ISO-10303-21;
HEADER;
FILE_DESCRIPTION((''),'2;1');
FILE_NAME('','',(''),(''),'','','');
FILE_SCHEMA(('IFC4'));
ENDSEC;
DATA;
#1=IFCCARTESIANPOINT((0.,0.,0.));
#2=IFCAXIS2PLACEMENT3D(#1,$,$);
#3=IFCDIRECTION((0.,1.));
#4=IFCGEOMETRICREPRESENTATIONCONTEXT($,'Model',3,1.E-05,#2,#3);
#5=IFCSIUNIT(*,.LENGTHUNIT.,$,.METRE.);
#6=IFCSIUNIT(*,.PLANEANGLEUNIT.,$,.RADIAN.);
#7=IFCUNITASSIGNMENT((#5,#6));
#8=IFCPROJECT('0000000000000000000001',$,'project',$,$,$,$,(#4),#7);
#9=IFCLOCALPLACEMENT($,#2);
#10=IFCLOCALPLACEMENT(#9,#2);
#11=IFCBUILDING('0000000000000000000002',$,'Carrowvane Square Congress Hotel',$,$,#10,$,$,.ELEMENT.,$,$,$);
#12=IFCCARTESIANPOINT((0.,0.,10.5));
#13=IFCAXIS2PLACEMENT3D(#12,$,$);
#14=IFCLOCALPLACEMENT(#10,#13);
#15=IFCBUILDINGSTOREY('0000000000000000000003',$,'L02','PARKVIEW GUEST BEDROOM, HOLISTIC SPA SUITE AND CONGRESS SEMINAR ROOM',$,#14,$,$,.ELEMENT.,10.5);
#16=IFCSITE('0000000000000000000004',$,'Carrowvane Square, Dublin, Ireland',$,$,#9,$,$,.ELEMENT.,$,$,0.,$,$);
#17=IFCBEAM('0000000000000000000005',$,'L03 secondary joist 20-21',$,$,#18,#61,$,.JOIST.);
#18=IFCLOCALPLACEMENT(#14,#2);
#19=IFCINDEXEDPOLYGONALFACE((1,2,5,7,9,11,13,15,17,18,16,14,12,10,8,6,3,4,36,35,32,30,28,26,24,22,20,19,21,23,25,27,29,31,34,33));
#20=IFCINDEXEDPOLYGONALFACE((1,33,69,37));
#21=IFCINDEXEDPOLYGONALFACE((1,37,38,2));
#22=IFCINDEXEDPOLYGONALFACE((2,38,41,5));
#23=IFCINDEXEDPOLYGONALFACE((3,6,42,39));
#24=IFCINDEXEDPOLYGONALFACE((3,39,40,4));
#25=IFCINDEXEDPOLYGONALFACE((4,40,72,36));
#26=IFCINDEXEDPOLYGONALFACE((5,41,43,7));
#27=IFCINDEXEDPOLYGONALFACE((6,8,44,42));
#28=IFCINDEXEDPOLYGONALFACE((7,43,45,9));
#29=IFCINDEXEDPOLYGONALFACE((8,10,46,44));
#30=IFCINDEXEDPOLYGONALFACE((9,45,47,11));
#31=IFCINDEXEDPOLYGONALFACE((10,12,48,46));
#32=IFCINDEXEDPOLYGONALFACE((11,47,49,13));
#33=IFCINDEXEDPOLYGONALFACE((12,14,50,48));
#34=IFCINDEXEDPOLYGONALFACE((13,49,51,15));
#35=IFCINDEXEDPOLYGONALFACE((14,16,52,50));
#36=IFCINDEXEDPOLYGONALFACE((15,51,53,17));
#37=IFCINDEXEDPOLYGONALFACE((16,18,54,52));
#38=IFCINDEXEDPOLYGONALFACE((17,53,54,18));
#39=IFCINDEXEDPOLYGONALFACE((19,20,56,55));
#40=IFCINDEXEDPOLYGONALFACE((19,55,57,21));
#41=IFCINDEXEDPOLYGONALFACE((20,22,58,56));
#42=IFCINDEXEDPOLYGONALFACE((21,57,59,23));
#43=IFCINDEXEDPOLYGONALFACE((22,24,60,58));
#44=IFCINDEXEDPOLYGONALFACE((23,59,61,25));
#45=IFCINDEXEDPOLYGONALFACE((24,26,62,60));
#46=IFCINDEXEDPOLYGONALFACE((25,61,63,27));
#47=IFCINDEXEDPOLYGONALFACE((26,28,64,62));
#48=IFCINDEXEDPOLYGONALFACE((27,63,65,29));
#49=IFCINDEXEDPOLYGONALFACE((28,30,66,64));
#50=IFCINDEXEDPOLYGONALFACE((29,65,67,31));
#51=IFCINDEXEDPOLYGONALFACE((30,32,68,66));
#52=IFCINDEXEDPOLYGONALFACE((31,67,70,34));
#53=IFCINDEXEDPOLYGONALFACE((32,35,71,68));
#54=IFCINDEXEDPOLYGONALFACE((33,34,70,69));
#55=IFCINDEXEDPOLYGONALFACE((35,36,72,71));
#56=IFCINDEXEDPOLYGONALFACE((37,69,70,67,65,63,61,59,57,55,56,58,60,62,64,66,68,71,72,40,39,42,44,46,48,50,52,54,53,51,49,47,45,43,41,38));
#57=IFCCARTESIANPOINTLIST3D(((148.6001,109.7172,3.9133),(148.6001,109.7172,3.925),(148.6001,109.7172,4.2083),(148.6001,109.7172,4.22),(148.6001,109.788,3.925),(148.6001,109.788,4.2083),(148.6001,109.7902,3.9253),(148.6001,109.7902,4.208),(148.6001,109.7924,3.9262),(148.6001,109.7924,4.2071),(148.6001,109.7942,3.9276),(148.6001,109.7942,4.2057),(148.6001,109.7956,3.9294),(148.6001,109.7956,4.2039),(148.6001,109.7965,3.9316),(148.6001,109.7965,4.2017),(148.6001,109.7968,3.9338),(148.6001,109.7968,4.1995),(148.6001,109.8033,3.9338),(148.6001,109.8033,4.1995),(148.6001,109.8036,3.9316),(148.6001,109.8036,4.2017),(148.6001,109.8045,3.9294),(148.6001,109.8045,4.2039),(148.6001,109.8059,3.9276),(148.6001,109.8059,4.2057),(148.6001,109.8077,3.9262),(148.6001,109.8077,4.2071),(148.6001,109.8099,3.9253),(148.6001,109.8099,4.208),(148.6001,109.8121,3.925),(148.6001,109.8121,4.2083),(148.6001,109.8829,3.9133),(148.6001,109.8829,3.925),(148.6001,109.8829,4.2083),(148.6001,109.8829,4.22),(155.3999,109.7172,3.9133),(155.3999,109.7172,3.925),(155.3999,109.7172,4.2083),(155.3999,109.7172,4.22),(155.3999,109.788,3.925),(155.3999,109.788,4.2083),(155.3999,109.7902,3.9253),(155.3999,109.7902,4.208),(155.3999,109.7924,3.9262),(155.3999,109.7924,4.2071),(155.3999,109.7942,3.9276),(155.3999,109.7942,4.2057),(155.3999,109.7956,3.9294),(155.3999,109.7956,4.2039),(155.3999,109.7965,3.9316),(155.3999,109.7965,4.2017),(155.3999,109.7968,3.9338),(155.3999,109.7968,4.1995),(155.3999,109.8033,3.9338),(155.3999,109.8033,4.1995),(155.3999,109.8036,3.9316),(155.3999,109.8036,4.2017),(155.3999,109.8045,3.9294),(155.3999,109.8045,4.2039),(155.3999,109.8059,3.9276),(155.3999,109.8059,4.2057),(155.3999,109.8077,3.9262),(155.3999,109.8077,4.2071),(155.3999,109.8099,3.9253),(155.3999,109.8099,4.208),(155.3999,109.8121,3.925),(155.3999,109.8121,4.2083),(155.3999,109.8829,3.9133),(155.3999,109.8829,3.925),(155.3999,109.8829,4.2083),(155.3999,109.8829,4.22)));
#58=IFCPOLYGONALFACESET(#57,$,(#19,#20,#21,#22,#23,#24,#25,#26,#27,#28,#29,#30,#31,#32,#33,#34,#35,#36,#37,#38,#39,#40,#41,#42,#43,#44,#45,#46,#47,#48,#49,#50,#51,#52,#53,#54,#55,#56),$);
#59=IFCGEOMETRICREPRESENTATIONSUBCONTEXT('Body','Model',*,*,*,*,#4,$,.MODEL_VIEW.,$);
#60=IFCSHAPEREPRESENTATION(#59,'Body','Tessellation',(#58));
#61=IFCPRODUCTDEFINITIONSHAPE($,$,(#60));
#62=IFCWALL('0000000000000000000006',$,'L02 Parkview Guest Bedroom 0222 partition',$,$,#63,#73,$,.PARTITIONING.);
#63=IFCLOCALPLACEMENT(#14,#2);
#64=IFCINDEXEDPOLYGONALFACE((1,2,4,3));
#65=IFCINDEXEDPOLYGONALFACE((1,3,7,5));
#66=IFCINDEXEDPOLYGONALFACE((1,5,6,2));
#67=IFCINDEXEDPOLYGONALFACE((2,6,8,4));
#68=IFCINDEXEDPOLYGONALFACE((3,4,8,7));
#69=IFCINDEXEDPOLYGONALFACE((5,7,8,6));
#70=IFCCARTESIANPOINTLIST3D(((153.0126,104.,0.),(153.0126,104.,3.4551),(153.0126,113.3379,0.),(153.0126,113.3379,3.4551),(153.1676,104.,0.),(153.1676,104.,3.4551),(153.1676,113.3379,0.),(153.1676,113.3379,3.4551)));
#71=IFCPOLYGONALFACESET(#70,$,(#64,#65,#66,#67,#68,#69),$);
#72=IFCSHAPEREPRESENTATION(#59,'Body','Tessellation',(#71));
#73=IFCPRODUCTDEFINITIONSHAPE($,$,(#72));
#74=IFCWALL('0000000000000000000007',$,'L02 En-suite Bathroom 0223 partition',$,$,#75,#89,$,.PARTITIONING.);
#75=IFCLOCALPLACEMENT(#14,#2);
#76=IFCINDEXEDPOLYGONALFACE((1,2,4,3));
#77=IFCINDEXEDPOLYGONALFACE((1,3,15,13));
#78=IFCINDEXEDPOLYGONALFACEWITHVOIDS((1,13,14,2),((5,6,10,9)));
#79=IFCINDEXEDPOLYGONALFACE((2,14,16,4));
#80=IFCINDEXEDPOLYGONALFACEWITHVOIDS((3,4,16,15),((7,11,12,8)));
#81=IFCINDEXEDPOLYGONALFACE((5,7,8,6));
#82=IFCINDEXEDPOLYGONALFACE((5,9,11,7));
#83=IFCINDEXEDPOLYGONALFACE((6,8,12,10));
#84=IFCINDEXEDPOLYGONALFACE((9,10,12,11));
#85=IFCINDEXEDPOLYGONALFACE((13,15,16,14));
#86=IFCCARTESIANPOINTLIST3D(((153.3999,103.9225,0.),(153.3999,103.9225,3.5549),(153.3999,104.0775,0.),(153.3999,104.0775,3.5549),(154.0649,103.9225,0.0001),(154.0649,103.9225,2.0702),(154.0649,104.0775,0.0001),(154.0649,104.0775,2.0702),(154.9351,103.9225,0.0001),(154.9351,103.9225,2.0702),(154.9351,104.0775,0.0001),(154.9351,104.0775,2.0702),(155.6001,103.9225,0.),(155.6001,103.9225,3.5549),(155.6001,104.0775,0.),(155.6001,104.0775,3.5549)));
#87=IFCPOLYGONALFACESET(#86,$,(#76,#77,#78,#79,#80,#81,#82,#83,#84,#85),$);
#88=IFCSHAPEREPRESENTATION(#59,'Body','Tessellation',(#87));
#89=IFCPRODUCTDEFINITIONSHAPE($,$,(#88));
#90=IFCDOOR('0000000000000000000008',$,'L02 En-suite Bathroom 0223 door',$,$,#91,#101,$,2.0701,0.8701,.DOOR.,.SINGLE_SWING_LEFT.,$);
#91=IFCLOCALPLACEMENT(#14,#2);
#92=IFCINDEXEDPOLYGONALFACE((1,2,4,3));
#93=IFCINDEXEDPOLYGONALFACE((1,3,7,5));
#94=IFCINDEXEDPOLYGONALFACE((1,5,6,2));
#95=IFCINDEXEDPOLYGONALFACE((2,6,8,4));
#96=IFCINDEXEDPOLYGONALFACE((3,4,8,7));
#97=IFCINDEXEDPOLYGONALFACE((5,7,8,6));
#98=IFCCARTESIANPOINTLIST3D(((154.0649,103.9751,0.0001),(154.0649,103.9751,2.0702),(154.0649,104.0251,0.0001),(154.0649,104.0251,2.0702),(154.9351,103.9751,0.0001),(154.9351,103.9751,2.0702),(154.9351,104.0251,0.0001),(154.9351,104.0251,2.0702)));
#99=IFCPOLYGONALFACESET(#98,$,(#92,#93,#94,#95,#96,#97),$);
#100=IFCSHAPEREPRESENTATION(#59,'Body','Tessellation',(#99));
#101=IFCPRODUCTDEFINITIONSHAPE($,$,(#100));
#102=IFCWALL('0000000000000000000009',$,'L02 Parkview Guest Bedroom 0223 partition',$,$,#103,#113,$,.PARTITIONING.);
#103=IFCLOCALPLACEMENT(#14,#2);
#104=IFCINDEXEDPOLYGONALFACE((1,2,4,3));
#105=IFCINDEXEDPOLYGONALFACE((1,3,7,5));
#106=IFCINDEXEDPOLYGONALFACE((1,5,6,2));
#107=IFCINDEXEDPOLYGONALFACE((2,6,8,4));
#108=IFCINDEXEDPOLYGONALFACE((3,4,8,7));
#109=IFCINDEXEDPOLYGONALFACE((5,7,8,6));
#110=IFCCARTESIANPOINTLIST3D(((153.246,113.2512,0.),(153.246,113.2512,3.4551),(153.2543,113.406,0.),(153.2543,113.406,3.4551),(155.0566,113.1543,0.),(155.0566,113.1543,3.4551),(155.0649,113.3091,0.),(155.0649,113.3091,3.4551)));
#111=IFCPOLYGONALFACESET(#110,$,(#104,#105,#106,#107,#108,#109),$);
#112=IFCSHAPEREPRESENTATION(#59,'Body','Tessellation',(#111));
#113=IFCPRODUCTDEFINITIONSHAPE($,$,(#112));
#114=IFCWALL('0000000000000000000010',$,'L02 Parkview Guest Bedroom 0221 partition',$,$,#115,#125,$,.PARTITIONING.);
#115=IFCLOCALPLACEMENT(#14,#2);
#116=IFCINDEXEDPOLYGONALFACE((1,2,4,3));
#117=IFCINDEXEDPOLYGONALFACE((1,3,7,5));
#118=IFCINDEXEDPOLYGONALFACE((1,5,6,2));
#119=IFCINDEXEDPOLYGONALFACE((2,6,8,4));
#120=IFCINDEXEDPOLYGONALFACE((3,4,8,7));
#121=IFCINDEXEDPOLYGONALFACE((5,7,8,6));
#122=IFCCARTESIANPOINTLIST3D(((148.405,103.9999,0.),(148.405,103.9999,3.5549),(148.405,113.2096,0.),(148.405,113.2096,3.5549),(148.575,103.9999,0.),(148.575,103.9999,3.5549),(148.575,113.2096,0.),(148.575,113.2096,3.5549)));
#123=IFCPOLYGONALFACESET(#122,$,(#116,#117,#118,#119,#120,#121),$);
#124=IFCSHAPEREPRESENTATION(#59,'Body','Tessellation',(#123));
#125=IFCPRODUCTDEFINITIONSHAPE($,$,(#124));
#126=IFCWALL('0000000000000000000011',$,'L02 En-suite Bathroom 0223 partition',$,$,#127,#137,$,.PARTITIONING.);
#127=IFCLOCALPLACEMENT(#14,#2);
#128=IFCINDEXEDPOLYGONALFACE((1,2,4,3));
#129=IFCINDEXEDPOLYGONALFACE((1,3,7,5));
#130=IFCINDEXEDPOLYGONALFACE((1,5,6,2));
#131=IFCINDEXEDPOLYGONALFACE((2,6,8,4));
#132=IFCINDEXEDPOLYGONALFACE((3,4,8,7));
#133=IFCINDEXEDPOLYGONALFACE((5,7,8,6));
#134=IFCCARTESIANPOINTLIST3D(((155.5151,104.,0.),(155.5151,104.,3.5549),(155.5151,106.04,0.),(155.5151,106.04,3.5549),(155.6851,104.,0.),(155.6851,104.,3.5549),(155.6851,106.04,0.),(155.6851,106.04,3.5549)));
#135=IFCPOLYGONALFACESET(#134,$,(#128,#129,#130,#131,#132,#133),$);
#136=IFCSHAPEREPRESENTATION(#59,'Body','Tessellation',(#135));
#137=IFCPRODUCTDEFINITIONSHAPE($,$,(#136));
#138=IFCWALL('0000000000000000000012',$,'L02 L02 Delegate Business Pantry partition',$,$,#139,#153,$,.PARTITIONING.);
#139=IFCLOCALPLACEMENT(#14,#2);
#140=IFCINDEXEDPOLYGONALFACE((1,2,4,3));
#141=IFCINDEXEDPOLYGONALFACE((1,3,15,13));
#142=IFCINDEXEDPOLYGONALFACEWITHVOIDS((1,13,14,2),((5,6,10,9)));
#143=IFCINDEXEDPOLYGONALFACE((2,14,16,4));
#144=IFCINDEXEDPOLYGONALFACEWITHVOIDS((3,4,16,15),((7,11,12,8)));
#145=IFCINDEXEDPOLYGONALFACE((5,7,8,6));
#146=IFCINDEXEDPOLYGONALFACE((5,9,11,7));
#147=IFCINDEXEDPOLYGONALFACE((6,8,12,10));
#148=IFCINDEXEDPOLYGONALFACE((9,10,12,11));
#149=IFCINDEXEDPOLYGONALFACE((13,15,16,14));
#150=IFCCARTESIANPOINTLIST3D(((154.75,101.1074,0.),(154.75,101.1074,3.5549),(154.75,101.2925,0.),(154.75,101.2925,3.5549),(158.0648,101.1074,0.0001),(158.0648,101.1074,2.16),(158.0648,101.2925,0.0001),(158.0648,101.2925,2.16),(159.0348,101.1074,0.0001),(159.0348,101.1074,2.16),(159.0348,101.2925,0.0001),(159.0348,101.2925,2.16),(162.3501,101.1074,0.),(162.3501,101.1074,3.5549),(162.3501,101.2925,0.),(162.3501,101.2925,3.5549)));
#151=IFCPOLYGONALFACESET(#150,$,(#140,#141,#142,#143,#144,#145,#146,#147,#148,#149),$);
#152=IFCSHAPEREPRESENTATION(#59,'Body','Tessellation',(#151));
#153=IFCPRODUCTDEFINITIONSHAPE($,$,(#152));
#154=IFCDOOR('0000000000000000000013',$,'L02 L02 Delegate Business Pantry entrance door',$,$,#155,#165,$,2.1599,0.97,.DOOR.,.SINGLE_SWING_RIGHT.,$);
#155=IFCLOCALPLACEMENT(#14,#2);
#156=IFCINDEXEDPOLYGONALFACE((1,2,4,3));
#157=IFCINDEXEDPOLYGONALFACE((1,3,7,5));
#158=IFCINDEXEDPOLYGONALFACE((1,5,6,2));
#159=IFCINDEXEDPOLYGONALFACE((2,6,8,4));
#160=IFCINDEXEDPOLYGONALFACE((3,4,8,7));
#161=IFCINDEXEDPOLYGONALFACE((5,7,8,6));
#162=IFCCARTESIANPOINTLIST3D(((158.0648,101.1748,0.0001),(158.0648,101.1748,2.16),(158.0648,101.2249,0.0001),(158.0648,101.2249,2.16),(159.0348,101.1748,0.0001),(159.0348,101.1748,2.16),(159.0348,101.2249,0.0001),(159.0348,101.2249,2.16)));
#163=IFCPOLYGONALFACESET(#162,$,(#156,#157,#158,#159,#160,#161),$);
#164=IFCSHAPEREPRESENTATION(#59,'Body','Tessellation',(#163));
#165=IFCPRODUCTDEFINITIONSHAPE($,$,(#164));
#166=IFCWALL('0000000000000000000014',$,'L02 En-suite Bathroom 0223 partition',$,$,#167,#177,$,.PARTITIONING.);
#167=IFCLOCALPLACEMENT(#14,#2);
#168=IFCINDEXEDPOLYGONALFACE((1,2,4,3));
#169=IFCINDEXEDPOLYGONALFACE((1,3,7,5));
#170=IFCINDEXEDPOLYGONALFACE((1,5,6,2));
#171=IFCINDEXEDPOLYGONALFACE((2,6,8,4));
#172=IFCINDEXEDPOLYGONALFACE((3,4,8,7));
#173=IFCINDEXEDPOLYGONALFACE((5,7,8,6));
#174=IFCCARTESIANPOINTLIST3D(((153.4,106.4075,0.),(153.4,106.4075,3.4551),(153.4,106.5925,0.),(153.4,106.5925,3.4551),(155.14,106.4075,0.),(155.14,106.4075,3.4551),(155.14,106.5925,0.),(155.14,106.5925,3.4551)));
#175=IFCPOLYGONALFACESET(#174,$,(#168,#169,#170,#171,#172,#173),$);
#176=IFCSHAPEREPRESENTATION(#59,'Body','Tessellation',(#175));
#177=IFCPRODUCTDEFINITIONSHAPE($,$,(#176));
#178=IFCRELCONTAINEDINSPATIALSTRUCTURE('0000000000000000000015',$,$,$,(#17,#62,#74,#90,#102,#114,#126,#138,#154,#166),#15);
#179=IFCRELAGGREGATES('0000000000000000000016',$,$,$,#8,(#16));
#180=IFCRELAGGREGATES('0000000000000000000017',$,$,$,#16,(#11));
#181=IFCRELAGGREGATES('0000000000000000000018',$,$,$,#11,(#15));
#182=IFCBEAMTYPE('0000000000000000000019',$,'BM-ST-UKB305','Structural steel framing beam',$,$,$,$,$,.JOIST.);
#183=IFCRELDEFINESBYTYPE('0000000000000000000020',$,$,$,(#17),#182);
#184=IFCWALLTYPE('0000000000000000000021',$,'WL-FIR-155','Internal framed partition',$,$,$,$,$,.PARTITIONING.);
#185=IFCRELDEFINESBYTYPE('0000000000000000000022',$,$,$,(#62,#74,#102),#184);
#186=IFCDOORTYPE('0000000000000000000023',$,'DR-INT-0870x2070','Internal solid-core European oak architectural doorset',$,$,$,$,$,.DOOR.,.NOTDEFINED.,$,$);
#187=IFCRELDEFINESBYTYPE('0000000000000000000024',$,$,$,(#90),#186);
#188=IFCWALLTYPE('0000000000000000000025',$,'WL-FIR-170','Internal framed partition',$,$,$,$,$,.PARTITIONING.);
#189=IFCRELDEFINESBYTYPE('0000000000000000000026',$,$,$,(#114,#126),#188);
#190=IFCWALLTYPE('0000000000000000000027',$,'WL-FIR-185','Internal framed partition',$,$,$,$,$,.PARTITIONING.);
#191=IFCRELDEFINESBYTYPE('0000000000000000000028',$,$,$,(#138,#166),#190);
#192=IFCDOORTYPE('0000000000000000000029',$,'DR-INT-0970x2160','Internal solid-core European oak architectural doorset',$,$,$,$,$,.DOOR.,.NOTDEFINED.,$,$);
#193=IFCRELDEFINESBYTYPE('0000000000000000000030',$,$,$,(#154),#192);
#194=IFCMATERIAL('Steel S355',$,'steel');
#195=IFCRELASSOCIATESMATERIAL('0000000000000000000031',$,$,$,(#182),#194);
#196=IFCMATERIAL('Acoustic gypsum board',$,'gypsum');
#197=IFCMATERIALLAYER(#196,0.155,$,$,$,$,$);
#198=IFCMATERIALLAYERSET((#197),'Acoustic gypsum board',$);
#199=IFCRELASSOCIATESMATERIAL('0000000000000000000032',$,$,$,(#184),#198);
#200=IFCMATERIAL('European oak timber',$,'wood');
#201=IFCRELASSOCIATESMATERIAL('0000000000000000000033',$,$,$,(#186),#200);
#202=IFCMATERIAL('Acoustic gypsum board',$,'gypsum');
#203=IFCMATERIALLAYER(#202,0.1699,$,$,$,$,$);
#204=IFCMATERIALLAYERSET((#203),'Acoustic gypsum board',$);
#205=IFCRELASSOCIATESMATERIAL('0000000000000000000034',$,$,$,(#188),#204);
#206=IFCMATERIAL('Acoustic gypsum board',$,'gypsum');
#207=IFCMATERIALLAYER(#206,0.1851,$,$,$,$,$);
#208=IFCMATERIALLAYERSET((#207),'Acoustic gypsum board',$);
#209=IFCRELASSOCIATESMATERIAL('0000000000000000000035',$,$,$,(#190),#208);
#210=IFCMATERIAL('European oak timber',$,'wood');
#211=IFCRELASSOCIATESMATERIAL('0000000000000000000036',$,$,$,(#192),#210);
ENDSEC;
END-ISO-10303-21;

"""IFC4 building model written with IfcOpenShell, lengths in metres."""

from ifc_helpers import new_model, si_unit, direction, frame, frame_2d, origin, origin_2d, place, context, subcontext, project, spatial, rectangle, i_section, extrude, material, layer, layer_set, material_profile, profile_set, type_object, element, fill, save


model = new_model("IFC4")

# Units and contexts
model_context = context("Model", 3, precision=1e-05, world=origin(), true_north=direction((0.0, 1.0)))
body_context = subcontext(model_context, "Body", "Model", "MODEL_VIEW")
ifc_project = project(units=[si_unit("LENGTHUNIT", "METRE"), si_unit("PLANEANGLEUNIT", "RADIAN")], contexts=[model_context])

# Site, building, storey
site_placement = place(None, origin())
site = spatial("IfcSite", under=ifc_project, at=site_placement, Name="Carrowvane Square, Dublin, Ireland", CompositionType="ELEMENT", RefElevation=0.0)
building_placement = place(site_placement, origin())
building = spatial("IfcBuilding", under=site, at=building_placement, Name="Carrowvane Square Congress Hotel", CompositionType="ELEMENT")
storey_placement = place(building_placement, frame((0.0, 0.0, 10.5)))
storey = spatial("IfcBuildingStorey", under=building, at=storey_placement, Name="L02", Description="PARKVIEW GUEST BEDROOM, HOLISTIC SPA SUITE AND CONGRESS SEMINAR ROOM", CompositionType="ELEMENT", Elevation=10.5)

# Beam
ifc_material_1 = material(Name="Steel S355", Category="steel")
ifc_material_profile_1 = material_profile(ifc_material_1, i_section(OverallWidth=0.1658, OverallDepth=0.3066, WebThickness=0.0066, FlangeThickness=0.0117, FilletRadius=0.0088, at=origin_2d()), Name="UKB 305x165x46")
ifc_profile_set_1 = profile_set([ifc_material_profile_1], Name="Steel S355")
beam_type_1 = type_object("IfcBeamType", Name="BM-ST-UKB305", Description="Structural steel framing beam", PredefinedType="JOIST", material=ifc_profile_set_1)
for number, where, z_axis, x_axis, name in (
    (1, (148.6001, 109.8, 4.0667), (1.0, 0.0, 0.0), (0.0, 1.0, 0.0), "L03 secondary joist 20-21"),
):
    element("IfcBeam", number, at=place(storey_placement, frame(where, z_axis=z_axis, x_axis=x_axis)), inside=storey, type_object=beam_type_1, Name=name, PredefinedType="JOIST", context=body_context, shape_type="SweptSolid", body=[
        extrude(i_section(OverallWidth=0.1658, OverallDepth=0.3066, WebThickness=0.0066, FlangeThickness=0.0117, FilletRadius=0.0088, at=origin_2d()), origin(), (0.0, 0.0, 1.0), 6.7998),
    ])

# Shared definitions
ifc_material_2 = material(Name="Acoustic gypsum board", Category="gypsum")
ifc_layer_1 = layer(ifc_material_2, 0.155)
ifc_layer_set_1 = layer_set([ifc_layer_1], Name="Acoustic gypsum board")
wall_type_1 = type_object("IfcWallType", Name="WL-FIR-155", Description="Internal framed partition", PredefinedType="PARTITIONING", material=ifc_layer_set_1)

# Wall
wall_1_placement = place(storey_placement, frame((153.0901, 113.3379, 0.0), z_axis=(0.0, 0.0, 1.0), x_axis=(0.0, -1.0, 0.0)))
element("IfcWall", 2, at=wall_1_placement, inside=storey, type_object=wall_type_1, Name="L02 Parkview Guest Bedroom 0222 partition", PredefinedType="PARTITIONING", context=body_context, shape_type="SweptSolid", body=[
    extrude(rectangle(XDim=9.3379, YDim=0.155, at=frame_2d((4.6689, 0.0))), origin(), (0.0, 0.0, 1.0), 3.4551),
])

# Wall, opening, door
wall_2_placement = place(storey_placement, frame((155.6001, 104.0, 0.0), z_axis=(0.0, 0.0, 1.0), x_axis=(-1.0, 0.0, 0.0)))
wall_2 = element("IfcWall", 3, at=wall_2_placement, inside=storey, type_object=wall_type_1, Name="L02 En-suite Bathroom 0223 partition", PredefinedType="PARTITIONING", context=body_context, shape_type="SweptSolid", body=[
    extrude(rectangle(XDim=2.2002, YDim=0.155, at=frame_2d((1.1001, 0.0))), origin(), (0.0, 0.0, 1.0), 3.5549),
])
opening_1_placement = place(wall_2_placement, frame((0.665, 0.0, 0.0)))
opening_1 = element("IfcOpeningElement", 4, at=opening_1_placement, cuts=wall_2, PredefinedType="OPENING", context=body_context, shape_type="SweptSolid", body=[
    extrude(rectangle(XDim=0.8701, YDim=2.0701, at=frame_2d((0.4351, 1.0352))), frame((0.0, 0.0874, 0.0), z_axis=(0.0, -1.0, 0.0), x_axis=(1.0, 0.0, 0.0)), (0.0, 0.0, 1.0), 0.175),
])
ifc_material_3 = material(Name="European oak timber", Category="wood")
door_type_1 = type_object("IfcDoorType", Name="DR-INT-0870x2070", Description="Internal solid-core European oak architectural doorset", OperationType="NOTDEFINED", PredefinedType="DOOR", material=ifc_material_3)
door_1_placement = place(opening_1_placement, origin())
door_1 = element("IfcDoor", 5, at=door_1_placement, inside=storey, type_object=door_type_1, Name="L02 En-suite Bathroom 0223 door", OperationType="SINGLE_SWING_LEFT", OverallHeight=2.0701, OverallWidth=0.8701, PredefinedType="DOOR", context=body_context, shape_type="SweptSolid", body=[
    extrude(rectangle(XDim=0.8701, YDim=2.0701, at=frame_2d((0.4351, 1.0352))), frame((0.0, 0.0249, 0.0), z_axis=(0.0, -1.0, 0.0), x_axis=(1.0, 0.0, 0.0)), (0.0, 0.0, 1.0), 0.05),
])
fill(opening_1, door_1)

# Walls
wall_3_placement = place(storey_placement, frame((153.25, 113.3286, 0.0), z_axis=(0.0, 0.0, 1.0), x_axis=(0.99857, -0.053456, 0.0)))
element("IfcWall", 6, at=wall_3_placement, inside=storey, type_object=wall_type_1, Name="L02 Parkview Guest Bedroom 0223 partition", PredefinedType="PARTITIONING", context=body_context, shape_type="SweptSolid", body=[
    extrude(rectangle(XDim=1.8132, YDim=0.155, at=frame_2d((0.9067, 0.0))), origin(), (0.0, 0.0, 1.0), 3.4551),
])
ifc_material_4 = material(Name="Acoustic gypsum board", Category="gypsum")
ifc_layer_2 = layer(ifc_material_4, 0.1699)
ifc_layer_set_2 = layer_set([ifc_layer_2], Name="Acoustic gypsum board")
wall_type_2 = type_object("IfcWallType", Name="WL-FIR-170", Description="Internal framed partition", PredefinedType="PARTITIONING", material=ifc_layer_set_2)
wall_4_placement = place(storey_placement, frame((148.49, 113.2097, 0.0), z_axis=(0.0, 0.0, 1.0), x_axis=(0.0, -1.0, 0.0)))
element("IfcWall", 7, at=wall_4_placement, inside=storey, type_object=wall_type_2, Name="L02 Parkview Guest Bedroom 0221 partition", PredefinedType="PARTITIONING", context=body_context, shape_type="SweptSolid", body=[
    extrude(rectangle(XDim=9.2097, YDim=0.1699, at=frame_2d((4.605, 0.0))), origin(), (0.0, 0.0, 1.0), 3.5549),
])
wall_5_placement = place(storey_placement, frame((155.6001, 106.04, 0.0), z_axis=(0.0, 0.0, 1.0), x_axis=(0.0, -1.0, 0.0)))
element("IfcWall", 8, at=wall_5_placement, inside=storey, type_object=wall_type_2, Name="L02 En-suite Bathroom 0223 partition", PredefinedType="PARTITIONING", context=body_context, shape_type="SweptSolid", body=[
    extrude(rectangle(XDim=2.04, YDim=0.1699, at=frame_2d((1.02, 0.0))), origin(), (0.0, 0.0, 1.0), 3.5549),
])

# Wall, opening, door
ifc_material_5 = material(Name="Acoustic gypsum board", Category="gypsum")
ifc_layer_3 = layer(ifc_material_5, 0.1851)
ifc_layer_set_3 = layer_set([ifc_layer_3], Name="Acoustic gypsum board")
wall_type_3 = type_object("IfcWallType", Name="WL-FIR-185", Description="Internal framed partition", PredefinedType="PARTITIONING", material=ifc_layer_set_3)
wall_6_placement = place(storey_placement, frame((154.75, 101.2, 0.0), z_axis=(0.0, 0.0, 1.0), x_axis=(1.0, 0.0, 0.0)))
wall_6 = element("IfcWall", 9, at=wall_6_placement, inside=storey, type_object=wall_type_3, Name="L02 L02 Delegate Business Pantry partition", PredefinedType="PARTITIONING", context=body_context, shape_type="SweptSolid", body=[
    extrude(rectangle(XDim=7.6001, YDim=0.1851, at=frame_2d((3.8, 0.0))), origin(), (0.0, 0.0, 1.0), 3.5549),
])
opening_2_placement = place(wall_6_placement, frame((3.3149, 0.0, 0.0)))
opening_2 = element("IfcOpeningElement", 10, at=opening_2_placement, cuts=wall_6, PredefinedType="OPENING", context=body_context, shape_type="SweptSolid", body=[
    extrude(rectangle(XDim=0.97, YDim=2.1599, at=frame_2d((0.4849, 1.0801))), frame((0.0, 0.1025, 0.0), z_axis=(0.0, -1.0, 0.0), x_axis=(1.0, 0.0, 0.0)), (0.0, 0.0, 1.0), 0.2051),
])
ifc_material_6 = material(Name="European oak timber", Category="wood")
door_type_2 = type_object("IfcDoorType", Name="DR-INT-0970x2160", Description="Internal solid-core European oak architectural doorset", OperationType="NOTDEFINED", PredefinedType="DOOR", material=ifc_material_6)
door_2_placement = place(opening_2_placement, origin())
door_2 = element("IfcDoor", 11, at=door_2_placement, inside=storey, type_object=door_type_2, Name="L02 L02 Delegate Business Pantry entrance door", OperationType="SINGLE_SWING_RIGHT", OverallHeight=2.1599, OverallWidth=0.97, PredefinedType="DOOR", context=body_context, shape_type="SweptSolid", body=[
    extrude(rectangle(XDim=0.97, YDim=2.1599, at=frame_2d((0.4849, 1.0801))), frame((0.0, 0.0249, 0.0), z_axis=(0.0, -1.0, 0.0), x_axis=(1.0, 0.0, 0.0)), (0.0, 0.0, 1.0), 0.05),
])
fill(opening_2, door_2)

# Wall
wall_7_placement = place(storey_placement, frame((153.3999, 106.5, 0.0), z_axis=(0.0, 0.0, 1.0), x_axis=(1.0, 0.0, 0.0)))
element("IfcWall", 12, at=wall_7_placement, inside=storey, type_object=wall_type_3, Name="L02 En-suite Bathroom 0223 partition", PredefinedType="PARTITIONING", context=body_context, shape_type="SweptSolid", body=[
    extrude(rectangle(XDim=1.74, YDim=0.1851, at=frame_2d((0.8701, 0.0))), origin(), (0.0, 0.0, 1.0), 3.4551),
])

save(model, "model.ifc")
